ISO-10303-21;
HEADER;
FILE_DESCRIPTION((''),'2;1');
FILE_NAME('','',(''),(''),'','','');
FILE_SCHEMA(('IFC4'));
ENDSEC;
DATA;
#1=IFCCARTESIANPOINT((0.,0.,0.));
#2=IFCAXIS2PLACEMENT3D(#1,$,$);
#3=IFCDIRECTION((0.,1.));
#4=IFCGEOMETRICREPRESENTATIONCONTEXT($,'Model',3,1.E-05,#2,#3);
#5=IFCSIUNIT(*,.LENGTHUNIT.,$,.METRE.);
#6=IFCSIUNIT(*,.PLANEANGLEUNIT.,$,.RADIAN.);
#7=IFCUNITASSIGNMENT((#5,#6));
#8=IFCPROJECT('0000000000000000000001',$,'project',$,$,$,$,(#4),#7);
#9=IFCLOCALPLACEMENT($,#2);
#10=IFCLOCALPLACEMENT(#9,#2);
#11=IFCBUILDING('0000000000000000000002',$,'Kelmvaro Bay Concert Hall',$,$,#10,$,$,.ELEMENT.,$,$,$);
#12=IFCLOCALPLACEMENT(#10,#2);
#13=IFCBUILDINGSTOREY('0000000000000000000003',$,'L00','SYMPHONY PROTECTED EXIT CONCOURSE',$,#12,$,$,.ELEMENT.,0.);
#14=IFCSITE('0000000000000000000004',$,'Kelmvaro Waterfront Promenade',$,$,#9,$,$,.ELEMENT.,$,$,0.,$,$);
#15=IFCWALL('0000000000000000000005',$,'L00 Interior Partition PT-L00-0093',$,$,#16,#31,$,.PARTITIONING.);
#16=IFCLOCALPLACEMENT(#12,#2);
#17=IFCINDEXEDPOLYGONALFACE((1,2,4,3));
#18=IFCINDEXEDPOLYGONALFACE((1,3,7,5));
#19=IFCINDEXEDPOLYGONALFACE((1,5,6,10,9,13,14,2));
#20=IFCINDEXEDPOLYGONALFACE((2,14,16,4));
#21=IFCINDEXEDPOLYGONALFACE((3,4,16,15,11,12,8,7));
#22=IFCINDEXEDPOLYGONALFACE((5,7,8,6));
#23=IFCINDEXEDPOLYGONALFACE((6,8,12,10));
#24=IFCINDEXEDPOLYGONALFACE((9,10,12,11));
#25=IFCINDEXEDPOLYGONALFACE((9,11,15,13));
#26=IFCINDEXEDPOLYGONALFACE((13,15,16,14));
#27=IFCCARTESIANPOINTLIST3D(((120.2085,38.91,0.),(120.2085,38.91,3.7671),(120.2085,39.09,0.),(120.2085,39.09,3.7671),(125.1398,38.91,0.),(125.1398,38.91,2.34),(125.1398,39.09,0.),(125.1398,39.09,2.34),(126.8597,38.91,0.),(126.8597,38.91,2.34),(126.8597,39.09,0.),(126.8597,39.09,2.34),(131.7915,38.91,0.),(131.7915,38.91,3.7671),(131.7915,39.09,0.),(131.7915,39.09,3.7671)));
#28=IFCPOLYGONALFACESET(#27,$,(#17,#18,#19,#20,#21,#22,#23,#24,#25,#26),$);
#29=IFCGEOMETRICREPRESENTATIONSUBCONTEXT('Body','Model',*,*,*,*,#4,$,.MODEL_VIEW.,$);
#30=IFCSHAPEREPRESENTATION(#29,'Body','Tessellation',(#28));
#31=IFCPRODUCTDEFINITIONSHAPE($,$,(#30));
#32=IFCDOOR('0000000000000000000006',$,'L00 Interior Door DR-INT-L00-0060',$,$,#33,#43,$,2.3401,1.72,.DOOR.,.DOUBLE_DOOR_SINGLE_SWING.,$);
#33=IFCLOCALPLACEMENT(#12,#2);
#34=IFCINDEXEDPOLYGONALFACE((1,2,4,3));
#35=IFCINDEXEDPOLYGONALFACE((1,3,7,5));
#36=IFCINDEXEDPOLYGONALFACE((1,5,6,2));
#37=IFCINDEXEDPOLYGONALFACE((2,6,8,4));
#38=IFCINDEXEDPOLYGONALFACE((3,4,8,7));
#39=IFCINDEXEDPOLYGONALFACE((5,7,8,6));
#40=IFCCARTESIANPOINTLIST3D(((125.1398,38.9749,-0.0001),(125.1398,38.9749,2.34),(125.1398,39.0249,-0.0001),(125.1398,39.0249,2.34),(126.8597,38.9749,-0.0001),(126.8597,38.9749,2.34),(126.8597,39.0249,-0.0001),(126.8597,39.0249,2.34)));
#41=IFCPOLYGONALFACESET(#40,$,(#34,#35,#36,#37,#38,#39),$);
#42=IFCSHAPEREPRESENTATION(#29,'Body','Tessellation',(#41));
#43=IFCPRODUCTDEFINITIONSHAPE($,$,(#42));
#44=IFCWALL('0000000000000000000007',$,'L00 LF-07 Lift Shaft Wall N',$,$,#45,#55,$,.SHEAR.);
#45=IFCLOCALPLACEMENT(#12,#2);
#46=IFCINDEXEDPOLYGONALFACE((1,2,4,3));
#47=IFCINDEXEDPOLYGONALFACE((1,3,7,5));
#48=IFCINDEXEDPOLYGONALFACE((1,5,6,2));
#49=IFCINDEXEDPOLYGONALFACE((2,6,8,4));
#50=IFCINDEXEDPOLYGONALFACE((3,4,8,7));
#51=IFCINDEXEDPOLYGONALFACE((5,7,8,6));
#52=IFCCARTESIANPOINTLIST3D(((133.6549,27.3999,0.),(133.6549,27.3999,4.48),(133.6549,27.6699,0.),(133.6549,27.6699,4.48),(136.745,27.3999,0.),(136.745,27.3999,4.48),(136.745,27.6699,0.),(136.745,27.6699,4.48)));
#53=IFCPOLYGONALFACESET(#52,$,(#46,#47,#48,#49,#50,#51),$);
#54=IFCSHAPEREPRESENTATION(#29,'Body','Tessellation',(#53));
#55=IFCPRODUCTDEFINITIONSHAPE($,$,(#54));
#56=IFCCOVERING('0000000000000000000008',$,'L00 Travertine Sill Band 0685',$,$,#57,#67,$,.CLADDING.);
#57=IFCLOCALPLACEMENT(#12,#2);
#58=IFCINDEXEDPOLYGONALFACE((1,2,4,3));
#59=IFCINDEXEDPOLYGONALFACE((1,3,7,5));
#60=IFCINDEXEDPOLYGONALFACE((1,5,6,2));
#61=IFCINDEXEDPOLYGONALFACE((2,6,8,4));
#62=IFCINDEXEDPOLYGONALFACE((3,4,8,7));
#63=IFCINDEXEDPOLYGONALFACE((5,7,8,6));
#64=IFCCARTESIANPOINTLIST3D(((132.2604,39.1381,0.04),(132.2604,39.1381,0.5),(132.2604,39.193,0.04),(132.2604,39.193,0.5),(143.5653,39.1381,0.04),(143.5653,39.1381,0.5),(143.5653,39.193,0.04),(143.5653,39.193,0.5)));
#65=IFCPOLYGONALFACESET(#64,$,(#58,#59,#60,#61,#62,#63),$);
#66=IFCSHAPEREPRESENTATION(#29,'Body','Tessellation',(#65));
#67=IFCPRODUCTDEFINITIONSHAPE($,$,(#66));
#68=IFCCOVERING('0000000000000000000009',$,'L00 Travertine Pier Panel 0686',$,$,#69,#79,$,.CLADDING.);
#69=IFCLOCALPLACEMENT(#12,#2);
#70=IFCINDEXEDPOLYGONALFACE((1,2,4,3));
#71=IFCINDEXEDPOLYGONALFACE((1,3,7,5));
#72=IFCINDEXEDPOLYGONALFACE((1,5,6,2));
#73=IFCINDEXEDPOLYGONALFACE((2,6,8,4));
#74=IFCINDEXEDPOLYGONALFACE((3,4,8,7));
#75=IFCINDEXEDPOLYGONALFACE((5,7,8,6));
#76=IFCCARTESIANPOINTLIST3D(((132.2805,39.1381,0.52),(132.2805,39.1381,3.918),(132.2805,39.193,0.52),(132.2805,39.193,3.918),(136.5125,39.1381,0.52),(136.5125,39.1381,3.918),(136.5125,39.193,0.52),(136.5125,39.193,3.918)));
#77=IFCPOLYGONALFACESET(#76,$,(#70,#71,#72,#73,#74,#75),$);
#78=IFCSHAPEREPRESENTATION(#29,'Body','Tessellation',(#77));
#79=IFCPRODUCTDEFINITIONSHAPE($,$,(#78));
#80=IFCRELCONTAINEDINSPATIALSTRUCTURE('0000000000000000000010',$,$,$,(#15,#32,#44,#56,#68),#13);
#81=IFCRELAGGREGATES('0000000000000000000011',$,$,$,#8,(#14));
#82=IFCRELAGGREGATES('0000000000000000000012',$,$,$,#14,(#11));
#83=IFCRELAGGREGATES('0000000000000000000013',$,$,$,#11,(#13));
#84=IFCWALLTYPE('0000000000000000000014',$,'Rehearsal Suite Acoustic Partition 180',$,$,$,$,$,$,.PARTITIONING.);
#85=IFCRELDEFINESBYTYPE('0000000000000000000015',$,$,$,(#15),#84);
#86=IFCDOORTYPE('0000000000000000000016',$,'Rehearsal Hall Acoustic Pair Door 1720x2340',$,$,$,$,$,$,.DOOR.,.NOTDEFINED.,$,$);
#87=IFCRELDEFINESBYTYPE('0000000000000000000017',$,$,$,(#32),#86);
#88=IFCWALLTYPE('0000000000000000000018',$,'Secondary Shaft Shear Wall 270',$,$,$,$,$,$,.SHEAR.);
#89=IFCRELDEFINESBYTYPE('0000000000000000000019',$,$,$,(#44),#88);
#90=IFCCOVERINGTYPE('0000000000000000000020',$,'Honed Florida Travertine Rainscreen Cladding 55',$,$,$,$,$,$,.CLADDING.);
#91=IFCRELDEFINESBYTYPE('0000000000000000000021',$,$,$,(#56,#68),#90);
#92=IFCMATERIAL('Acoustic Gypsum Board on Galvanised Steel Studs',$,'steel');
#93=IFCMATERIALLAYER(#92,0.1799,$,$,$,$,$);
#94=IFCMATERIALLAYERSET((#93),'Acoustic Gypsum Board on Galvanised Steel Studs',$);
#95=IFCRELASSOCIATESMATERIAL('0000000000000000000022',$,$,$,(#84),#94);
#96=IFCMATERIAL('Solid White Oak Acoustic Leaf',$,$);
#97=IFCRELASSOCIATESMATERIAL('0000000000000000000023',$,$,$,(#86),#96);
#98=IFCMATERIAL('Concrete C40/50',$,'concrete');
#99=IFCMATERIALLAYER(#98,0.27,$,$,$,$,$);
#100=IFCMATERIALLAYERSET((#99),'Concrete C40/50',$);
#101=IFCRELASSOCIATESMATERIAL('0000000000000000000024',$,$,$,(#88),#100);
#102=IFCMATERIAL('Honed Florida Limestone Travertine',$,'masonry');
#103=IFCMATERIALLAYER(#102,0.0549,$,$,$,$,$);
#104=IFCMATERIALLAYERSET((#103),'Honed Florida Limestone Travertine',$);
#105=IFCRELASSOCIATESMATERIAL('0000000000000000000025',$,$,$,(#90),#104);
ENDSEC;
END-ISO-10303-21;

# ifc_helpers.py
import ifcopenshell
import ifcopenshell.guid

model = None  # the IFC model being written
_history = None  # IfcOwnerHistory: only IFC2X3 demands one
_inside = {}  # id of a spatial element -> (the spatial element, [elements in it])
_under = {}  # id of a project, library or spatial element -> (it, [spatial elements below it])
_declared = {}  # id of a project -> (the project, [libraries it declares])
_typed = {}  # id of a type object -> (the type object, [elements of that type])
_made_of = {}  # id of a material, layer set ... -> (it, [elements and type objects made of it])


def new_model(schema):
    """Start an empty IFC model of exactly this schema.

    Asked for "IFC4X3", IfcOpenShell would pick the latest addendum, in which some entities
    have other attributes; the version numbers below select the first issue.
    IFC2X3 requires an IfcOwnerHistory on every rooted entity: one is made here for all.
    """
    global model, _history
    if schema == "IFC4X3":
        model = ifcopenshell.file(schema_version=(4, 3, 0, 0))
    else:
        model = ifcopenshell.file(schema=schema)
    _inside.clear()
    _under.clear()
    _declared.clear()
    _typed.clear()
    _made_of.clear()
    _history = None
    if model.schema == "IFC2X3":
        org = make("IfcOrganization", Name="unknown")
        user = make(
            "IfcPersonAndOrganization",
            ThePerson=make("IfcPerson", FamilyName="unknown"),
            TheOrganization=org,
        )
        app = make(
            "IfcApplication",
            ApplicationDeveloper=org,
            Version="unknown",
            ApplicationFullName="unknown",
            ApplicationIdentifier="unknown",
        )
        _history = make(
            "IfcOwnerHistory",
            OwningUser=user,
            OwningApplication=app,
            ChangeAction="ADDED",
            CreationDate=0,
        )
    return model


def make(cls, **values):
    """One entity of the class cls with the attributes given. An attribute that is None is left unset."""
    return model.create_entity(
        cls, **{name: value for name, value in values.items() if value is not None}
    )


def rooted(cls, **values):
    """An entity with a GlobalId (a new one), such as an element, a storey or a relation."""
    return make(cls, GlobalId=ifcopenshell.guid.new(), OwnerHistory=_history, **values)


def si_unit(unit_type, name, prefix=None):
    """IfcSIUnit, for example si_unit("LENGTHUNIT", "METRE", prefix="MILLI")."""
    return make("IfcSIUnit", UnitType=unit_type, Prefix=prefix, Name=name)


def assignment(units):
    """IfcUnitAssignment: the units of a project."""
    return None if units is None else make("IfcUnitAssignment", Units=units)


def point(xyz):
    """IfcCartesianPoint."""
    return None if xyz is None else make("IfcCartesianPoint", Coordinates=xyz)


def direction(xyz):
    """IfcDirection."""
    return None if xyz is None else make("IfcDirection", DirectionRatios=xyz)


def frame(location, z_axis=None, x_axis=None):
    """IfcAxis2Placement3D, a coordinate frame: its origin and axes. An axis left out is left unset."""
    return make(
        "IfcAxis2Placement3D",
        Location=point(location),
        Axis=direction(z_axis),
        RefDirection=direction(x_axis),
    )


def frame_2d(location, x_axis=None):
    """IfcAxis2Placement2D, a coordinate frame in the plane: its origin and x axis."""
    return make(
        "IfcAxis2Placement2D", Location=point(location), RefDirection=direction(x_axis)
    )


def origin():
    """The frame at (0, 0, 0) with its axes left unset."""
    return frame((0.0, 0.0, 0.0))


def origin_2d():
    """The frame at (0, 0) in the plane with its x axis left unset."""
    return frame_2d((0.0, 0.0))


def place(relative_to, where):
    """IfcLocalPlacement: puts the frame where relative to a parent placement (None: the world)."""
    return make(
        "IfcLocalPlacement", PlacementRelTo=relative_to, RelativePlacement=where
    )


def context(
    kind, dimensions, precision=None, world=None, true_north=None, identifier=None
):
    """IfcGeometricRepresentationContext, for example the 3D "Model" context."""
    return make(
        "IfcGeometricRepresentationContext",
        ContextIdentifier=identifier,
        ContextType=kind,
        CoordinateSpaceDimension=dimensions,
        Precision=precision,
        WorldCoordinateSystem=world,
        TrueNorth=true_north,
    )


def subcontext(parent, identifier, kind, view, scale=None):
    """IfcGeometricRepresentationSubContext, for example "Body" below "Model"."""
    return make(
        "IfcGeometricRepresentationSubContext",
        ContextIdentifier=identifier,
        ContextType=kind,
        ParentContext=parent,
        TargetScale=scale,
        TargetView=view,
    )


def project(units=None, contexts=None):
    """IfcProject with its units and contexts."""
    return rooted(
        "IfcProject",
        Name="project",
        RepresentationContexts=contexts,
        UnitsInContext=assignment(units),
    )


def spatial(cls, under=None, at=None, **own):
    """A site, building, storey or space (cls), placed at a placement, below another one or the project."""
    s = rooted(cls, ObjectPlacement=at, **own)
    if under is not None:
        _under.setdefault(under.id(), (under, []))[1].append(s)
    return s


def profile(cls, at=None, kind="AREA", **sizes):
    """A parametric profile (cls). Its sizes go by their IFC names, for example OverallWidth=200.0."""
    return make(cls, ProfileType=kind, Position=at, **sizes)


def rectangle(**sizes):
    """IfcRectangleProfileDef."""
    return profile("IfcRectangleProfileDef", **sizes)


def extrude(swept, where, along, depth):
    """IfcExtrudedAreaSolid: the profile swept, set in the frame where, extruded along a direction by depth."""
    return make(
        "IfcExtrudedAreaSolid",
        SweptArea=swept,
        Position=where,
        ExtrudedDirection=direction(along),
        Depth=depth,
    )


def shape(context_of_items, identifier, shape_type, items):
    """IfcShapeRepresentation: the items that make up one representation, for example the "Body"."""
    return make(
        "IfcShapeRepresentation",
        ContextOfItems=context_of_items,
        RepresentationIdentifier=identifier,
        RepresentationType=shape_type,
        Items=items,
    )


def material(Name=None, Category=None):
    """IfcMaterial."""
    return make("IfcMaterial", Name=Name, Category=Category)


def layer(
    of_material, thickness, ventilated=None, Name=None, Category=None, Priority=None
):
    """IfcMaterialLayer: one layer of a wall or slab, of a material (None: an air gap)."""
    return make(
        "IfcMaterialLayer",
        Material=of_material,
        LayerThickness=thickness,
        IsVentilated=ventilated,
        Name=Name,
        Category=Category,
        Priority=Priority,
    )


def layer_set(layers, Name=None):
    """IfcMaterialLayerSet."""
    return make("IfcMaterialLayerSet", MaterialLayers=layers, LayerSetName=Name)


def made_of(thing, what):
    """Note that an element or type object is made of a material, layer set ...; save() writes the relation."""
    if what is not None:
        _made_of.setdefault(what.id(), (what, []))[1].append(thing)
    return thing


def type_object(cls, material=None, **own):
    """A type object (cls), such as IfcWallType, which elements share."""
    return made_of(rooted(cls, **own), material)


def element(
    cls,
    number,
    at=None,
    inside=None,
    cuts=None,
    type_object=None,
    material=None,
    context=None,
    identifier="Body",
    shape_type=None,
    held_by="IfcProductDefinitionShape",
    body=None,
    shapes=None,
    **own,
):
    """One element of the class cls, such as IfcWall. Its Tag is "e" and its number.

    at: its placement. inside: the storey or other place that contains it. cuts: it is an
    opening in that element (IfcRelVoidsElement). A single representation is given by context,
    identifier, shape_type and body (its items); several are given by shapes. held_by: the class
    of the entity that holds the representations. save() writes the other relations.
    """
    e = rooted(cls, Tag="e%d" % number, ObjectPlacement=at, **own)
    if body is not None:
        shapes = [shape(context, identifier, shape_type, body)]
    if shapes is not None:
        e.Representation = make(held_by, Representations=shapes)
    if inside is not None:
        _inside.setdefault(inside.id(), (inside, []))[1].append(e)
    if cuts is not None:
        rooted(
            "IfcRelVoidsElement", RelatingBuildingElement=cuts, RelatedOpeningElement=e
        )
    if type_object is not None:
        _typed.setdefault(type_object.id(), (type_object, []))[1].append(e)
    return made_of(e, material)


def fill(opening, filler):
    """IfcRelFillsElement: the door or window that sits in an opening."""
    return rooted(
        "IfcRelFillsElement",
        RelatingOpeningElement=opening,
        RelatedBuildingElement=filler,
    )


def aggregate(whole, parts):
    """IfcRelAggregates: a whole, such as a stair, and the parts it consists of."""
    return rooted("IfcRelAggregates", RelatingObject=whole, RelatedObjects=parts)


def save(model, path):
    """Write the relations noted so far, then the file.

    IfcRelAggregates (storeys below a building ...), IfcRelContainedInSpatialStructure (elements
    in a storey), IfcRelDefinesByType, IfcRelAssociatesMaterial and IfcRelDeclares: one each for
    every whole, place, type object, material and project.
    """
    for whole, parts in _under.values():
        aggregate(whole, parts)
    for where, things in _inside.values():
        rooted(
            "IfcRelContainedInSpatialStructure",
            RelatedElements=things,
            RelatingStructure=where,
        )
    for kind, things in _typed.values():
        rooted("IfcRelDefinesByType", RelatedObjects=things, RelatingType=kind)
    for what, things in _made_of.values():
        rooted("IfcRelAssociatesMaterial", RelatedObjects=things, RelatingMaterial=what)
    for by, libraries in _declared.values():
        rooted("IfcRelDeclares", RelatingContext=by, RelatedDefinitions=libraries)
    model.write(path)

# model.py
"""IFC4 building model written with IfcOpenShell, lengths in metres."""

from ifc_helpers import new_model, si_unit, direction, frame, frame_2d, origin, origin_2d, place, context, subcontext, project, spatial, rectangle, extrude, material, layer, layer_set, type_object, element, fill, save


model = new_model("IFC4")

# Units and contexts
model_context = context("Model", 3, precision=1e-05, world=origin(), true_north=direction((0.0, 1.0)))
body_context = subcontext(model_context, "Body", "Model", "MODEL_VIEW")
ifc_project = project(units=[si_unit("LENGTHUNIT", "METRE"), si_unit("PLANEANGLEUNIT", "RADIAN")], contexts=[model_context])

# Site, building, storey
site_placement = place(None, origin())
site = spatial("IfcSite", under=ifc_project, at=site_placement, Name="Kelmvaro Waterfront Promenade", CompositionType="ELEMENT", RefElevation=0.0)
building_placement = place(site_placement, origin())
building = spatial("IfcBuilding", under=site, at=building_placement, Name="Kelmvaro Bay Concert Hall", CompositionType="ELEMENT")
storey_placement = place(building_placement, origin())
storey = spatial("IfcBuildingStorey", under=building, at=storey_placement, Name="L00", Description="SYMPHONY PROTECTED EXIT CONCOURSE", CompositionType="ELEMENT", Elevation=0.0)

# Shared definitions
ifc_material_1 = material(Name="Acoustic Gypsum Board on Galvanised Steel Studs", Category="steel")
ifc_layer_1 = layer(ifc_material_1, 0.1799)
ifc_layer_set_1 = layer_set([ifc_layer_1], Name="Acoustic Gypsum Board on Galvanised Steel Studs")
wall_type_1 = type_object("IfcWallType", Name="Rehearsal Suite Acoustic Partition 180", PredefinedType="PARTITIONING", material=ifc_layer_set_1)
ifc_material_2 = material(Name="Solid White Oak Acoustic Leaf")
door_type = type_object("IfcDoorType", Name="Rehearsal Hall Acoustic Pair Door 1720x2340", OperationType="NOTDEFINED", PredefinedType="DOOR", material=ifc_material_2)

# Wall, opening, door
wall_1_placement = place(storey_placement, frame((120.2085, 39.0, 0.0), z_axis=(0.0, 0.0, 1.0), x_axis=(1.0, 0.0, 0.0)))
wall_1 = element("IfcWall", 1, at=wall_1_placement, inside=storey, type_object=wall_type_1, Name="L00 Interior Partition PT-L00-0093", PredefinedType="PARTITIONING", context=body_context, shape_type="SweptSolid", body=[
    extrude(rectangle(XDim=11.583, YDim=0.1799, at=frame_2d((5.7915, 0.0))), origin(), (0.0, 0.0, 1.0), 3.7671),
])
opening_1_placement = place(wall_1_placement, frame((4.9314, 0.0, 0.0)))
opening_1 = element("IfcOpeningElement", 2, at=opening_1_placement, cuts=wall_1, PredefinedType="OPENING", context=body_context, shape_type="SweptSolid", body=[
    extrude(rectangle(XDim=1.72, YDim=2.3401, at=frame_2d((0.8599, 1.1699))), frame((0.0, 0.0999, 0.0), z_axis=(0.0, -1.0, 0.0), x_axis=(1.0, 0.0, 0.0)), (0.0, 0.0, 1.0), 0.2),
])
door_1_placement = place(opening_1_placement, origin())
door_1 = element("IfcDoor", 3, at=door_1_placement, inside=storey, type_object=door_type, Name="L00 Interior Door DR-INT-L00-0060", OperationType="DOUBLE_DOOR_SINGLE_SWING", OverallHeight=2.3401, OverallWidth=1.72, PredefinedType="DOOR", context=body_context, shape_type="SweptSolid", body=[
    extrude(rectangle(XDim=1.72, YDim=2.3401, at=frame_2d((0.8599, 1.1699))), frame((0.0, 0.0249, 0.0), z_axis=(0.0, -1.0, 0.0), x_axis=(1.0, 0.0, 0.0)), (0.0, 0.0, 1.0), 0.05),
])
fill(opening_1, door_1)

# Wall
ifc_material_3 = material(Name="Concrete C40/50", Category="concrete")
ifc_layer_2 = layer(ifc_material_3, 0.27)
ifc_layer_set_2 = layer_set([ifc_layer_2], Name="Concrete C40/50")
wall_type_2 = type_object("IfcWallType", Name="Secondary Shaft Shear Wall 270", PredefinedType="SHEAR", material=ifc_layer_set_2)
wall_2_placement = place(storey_placement, frame((133.655, 27.5349, 0.0), z_axis=(0.0, 0.0, 1.0), x_axis=(1.0, 0.0, 0.0)))
element("IfcWall", 4, at=wall_2_placement, inside=storey, type_object=wall_type_2, Name="L00 LF-07 Lift Shaft Wall N", PredefinedType="SHEAR", context=body_context, shape_type="SweptSolid", body=[
    extrude(rectangle(XDim=3.0901, YDim=0.27, at=frame_2d((1.5449, 0.0))), origin(), (0.0, 0.0, 1.0), 4.48),
])

# Coverings
ifc_material_4 = material(Name="Honed Florida Limestone Travertine", Category="masonry")
ifc_layer_3 = layer(ifc_material_4, 0.0549)
ifc_layer_set_3 = layer_set([ifc_layer_3], Name="Honed Florida Limestone Travertine")
covering_type = type_object("IfcCoveringType", Name="Honed Florida Travertine Rainscreen Cladding 55", PredefinedType="CLADDING", material=ifc_layer_set_3)
covering_1_placement = place(storey_placement, frame((137.9128, 39.1655, 0.04), z_axis=(0.0, 0.0, 1.0), x_axis=(1.0, 0.0, 0.0)))
element("IfcCovering", 5, at=covering_1_placement, inside=storey, type_object=covering_type, Name="L00 Travertine Sill Band 0685", PredefinedType="CLADDING", context=body_context, shape_type="SweptSolid", body=[
    extrude(rectangle(XDim=11.3049, YDim=0.0549, at=origin_2d()), origin(), (0.0, 0.0, 1.0), 0.46),
])
covering_2_placement = place(storey_placement, frame((134.3965, 39.1655, 0.52), z_axis=(0.0, 0.0, 1.0), x_axis=(1.0, 0.0, 0.0)))
element("IfcCovering", 6, at=covering_2_placement, inside=storey, type_object=covering_type, Name="L00 Travertine Pier Panel 0686", PredefinedType="CLADDING", context=body_context, shape_type="SweptSolid", body=[
    extrude(rectangle(XDim=4.2319, YDim=0.0549, at=origin_2d()), origin(), (0.0, 0.0, 1.0), 3.3979),
])

save(model, "model.ifc")
